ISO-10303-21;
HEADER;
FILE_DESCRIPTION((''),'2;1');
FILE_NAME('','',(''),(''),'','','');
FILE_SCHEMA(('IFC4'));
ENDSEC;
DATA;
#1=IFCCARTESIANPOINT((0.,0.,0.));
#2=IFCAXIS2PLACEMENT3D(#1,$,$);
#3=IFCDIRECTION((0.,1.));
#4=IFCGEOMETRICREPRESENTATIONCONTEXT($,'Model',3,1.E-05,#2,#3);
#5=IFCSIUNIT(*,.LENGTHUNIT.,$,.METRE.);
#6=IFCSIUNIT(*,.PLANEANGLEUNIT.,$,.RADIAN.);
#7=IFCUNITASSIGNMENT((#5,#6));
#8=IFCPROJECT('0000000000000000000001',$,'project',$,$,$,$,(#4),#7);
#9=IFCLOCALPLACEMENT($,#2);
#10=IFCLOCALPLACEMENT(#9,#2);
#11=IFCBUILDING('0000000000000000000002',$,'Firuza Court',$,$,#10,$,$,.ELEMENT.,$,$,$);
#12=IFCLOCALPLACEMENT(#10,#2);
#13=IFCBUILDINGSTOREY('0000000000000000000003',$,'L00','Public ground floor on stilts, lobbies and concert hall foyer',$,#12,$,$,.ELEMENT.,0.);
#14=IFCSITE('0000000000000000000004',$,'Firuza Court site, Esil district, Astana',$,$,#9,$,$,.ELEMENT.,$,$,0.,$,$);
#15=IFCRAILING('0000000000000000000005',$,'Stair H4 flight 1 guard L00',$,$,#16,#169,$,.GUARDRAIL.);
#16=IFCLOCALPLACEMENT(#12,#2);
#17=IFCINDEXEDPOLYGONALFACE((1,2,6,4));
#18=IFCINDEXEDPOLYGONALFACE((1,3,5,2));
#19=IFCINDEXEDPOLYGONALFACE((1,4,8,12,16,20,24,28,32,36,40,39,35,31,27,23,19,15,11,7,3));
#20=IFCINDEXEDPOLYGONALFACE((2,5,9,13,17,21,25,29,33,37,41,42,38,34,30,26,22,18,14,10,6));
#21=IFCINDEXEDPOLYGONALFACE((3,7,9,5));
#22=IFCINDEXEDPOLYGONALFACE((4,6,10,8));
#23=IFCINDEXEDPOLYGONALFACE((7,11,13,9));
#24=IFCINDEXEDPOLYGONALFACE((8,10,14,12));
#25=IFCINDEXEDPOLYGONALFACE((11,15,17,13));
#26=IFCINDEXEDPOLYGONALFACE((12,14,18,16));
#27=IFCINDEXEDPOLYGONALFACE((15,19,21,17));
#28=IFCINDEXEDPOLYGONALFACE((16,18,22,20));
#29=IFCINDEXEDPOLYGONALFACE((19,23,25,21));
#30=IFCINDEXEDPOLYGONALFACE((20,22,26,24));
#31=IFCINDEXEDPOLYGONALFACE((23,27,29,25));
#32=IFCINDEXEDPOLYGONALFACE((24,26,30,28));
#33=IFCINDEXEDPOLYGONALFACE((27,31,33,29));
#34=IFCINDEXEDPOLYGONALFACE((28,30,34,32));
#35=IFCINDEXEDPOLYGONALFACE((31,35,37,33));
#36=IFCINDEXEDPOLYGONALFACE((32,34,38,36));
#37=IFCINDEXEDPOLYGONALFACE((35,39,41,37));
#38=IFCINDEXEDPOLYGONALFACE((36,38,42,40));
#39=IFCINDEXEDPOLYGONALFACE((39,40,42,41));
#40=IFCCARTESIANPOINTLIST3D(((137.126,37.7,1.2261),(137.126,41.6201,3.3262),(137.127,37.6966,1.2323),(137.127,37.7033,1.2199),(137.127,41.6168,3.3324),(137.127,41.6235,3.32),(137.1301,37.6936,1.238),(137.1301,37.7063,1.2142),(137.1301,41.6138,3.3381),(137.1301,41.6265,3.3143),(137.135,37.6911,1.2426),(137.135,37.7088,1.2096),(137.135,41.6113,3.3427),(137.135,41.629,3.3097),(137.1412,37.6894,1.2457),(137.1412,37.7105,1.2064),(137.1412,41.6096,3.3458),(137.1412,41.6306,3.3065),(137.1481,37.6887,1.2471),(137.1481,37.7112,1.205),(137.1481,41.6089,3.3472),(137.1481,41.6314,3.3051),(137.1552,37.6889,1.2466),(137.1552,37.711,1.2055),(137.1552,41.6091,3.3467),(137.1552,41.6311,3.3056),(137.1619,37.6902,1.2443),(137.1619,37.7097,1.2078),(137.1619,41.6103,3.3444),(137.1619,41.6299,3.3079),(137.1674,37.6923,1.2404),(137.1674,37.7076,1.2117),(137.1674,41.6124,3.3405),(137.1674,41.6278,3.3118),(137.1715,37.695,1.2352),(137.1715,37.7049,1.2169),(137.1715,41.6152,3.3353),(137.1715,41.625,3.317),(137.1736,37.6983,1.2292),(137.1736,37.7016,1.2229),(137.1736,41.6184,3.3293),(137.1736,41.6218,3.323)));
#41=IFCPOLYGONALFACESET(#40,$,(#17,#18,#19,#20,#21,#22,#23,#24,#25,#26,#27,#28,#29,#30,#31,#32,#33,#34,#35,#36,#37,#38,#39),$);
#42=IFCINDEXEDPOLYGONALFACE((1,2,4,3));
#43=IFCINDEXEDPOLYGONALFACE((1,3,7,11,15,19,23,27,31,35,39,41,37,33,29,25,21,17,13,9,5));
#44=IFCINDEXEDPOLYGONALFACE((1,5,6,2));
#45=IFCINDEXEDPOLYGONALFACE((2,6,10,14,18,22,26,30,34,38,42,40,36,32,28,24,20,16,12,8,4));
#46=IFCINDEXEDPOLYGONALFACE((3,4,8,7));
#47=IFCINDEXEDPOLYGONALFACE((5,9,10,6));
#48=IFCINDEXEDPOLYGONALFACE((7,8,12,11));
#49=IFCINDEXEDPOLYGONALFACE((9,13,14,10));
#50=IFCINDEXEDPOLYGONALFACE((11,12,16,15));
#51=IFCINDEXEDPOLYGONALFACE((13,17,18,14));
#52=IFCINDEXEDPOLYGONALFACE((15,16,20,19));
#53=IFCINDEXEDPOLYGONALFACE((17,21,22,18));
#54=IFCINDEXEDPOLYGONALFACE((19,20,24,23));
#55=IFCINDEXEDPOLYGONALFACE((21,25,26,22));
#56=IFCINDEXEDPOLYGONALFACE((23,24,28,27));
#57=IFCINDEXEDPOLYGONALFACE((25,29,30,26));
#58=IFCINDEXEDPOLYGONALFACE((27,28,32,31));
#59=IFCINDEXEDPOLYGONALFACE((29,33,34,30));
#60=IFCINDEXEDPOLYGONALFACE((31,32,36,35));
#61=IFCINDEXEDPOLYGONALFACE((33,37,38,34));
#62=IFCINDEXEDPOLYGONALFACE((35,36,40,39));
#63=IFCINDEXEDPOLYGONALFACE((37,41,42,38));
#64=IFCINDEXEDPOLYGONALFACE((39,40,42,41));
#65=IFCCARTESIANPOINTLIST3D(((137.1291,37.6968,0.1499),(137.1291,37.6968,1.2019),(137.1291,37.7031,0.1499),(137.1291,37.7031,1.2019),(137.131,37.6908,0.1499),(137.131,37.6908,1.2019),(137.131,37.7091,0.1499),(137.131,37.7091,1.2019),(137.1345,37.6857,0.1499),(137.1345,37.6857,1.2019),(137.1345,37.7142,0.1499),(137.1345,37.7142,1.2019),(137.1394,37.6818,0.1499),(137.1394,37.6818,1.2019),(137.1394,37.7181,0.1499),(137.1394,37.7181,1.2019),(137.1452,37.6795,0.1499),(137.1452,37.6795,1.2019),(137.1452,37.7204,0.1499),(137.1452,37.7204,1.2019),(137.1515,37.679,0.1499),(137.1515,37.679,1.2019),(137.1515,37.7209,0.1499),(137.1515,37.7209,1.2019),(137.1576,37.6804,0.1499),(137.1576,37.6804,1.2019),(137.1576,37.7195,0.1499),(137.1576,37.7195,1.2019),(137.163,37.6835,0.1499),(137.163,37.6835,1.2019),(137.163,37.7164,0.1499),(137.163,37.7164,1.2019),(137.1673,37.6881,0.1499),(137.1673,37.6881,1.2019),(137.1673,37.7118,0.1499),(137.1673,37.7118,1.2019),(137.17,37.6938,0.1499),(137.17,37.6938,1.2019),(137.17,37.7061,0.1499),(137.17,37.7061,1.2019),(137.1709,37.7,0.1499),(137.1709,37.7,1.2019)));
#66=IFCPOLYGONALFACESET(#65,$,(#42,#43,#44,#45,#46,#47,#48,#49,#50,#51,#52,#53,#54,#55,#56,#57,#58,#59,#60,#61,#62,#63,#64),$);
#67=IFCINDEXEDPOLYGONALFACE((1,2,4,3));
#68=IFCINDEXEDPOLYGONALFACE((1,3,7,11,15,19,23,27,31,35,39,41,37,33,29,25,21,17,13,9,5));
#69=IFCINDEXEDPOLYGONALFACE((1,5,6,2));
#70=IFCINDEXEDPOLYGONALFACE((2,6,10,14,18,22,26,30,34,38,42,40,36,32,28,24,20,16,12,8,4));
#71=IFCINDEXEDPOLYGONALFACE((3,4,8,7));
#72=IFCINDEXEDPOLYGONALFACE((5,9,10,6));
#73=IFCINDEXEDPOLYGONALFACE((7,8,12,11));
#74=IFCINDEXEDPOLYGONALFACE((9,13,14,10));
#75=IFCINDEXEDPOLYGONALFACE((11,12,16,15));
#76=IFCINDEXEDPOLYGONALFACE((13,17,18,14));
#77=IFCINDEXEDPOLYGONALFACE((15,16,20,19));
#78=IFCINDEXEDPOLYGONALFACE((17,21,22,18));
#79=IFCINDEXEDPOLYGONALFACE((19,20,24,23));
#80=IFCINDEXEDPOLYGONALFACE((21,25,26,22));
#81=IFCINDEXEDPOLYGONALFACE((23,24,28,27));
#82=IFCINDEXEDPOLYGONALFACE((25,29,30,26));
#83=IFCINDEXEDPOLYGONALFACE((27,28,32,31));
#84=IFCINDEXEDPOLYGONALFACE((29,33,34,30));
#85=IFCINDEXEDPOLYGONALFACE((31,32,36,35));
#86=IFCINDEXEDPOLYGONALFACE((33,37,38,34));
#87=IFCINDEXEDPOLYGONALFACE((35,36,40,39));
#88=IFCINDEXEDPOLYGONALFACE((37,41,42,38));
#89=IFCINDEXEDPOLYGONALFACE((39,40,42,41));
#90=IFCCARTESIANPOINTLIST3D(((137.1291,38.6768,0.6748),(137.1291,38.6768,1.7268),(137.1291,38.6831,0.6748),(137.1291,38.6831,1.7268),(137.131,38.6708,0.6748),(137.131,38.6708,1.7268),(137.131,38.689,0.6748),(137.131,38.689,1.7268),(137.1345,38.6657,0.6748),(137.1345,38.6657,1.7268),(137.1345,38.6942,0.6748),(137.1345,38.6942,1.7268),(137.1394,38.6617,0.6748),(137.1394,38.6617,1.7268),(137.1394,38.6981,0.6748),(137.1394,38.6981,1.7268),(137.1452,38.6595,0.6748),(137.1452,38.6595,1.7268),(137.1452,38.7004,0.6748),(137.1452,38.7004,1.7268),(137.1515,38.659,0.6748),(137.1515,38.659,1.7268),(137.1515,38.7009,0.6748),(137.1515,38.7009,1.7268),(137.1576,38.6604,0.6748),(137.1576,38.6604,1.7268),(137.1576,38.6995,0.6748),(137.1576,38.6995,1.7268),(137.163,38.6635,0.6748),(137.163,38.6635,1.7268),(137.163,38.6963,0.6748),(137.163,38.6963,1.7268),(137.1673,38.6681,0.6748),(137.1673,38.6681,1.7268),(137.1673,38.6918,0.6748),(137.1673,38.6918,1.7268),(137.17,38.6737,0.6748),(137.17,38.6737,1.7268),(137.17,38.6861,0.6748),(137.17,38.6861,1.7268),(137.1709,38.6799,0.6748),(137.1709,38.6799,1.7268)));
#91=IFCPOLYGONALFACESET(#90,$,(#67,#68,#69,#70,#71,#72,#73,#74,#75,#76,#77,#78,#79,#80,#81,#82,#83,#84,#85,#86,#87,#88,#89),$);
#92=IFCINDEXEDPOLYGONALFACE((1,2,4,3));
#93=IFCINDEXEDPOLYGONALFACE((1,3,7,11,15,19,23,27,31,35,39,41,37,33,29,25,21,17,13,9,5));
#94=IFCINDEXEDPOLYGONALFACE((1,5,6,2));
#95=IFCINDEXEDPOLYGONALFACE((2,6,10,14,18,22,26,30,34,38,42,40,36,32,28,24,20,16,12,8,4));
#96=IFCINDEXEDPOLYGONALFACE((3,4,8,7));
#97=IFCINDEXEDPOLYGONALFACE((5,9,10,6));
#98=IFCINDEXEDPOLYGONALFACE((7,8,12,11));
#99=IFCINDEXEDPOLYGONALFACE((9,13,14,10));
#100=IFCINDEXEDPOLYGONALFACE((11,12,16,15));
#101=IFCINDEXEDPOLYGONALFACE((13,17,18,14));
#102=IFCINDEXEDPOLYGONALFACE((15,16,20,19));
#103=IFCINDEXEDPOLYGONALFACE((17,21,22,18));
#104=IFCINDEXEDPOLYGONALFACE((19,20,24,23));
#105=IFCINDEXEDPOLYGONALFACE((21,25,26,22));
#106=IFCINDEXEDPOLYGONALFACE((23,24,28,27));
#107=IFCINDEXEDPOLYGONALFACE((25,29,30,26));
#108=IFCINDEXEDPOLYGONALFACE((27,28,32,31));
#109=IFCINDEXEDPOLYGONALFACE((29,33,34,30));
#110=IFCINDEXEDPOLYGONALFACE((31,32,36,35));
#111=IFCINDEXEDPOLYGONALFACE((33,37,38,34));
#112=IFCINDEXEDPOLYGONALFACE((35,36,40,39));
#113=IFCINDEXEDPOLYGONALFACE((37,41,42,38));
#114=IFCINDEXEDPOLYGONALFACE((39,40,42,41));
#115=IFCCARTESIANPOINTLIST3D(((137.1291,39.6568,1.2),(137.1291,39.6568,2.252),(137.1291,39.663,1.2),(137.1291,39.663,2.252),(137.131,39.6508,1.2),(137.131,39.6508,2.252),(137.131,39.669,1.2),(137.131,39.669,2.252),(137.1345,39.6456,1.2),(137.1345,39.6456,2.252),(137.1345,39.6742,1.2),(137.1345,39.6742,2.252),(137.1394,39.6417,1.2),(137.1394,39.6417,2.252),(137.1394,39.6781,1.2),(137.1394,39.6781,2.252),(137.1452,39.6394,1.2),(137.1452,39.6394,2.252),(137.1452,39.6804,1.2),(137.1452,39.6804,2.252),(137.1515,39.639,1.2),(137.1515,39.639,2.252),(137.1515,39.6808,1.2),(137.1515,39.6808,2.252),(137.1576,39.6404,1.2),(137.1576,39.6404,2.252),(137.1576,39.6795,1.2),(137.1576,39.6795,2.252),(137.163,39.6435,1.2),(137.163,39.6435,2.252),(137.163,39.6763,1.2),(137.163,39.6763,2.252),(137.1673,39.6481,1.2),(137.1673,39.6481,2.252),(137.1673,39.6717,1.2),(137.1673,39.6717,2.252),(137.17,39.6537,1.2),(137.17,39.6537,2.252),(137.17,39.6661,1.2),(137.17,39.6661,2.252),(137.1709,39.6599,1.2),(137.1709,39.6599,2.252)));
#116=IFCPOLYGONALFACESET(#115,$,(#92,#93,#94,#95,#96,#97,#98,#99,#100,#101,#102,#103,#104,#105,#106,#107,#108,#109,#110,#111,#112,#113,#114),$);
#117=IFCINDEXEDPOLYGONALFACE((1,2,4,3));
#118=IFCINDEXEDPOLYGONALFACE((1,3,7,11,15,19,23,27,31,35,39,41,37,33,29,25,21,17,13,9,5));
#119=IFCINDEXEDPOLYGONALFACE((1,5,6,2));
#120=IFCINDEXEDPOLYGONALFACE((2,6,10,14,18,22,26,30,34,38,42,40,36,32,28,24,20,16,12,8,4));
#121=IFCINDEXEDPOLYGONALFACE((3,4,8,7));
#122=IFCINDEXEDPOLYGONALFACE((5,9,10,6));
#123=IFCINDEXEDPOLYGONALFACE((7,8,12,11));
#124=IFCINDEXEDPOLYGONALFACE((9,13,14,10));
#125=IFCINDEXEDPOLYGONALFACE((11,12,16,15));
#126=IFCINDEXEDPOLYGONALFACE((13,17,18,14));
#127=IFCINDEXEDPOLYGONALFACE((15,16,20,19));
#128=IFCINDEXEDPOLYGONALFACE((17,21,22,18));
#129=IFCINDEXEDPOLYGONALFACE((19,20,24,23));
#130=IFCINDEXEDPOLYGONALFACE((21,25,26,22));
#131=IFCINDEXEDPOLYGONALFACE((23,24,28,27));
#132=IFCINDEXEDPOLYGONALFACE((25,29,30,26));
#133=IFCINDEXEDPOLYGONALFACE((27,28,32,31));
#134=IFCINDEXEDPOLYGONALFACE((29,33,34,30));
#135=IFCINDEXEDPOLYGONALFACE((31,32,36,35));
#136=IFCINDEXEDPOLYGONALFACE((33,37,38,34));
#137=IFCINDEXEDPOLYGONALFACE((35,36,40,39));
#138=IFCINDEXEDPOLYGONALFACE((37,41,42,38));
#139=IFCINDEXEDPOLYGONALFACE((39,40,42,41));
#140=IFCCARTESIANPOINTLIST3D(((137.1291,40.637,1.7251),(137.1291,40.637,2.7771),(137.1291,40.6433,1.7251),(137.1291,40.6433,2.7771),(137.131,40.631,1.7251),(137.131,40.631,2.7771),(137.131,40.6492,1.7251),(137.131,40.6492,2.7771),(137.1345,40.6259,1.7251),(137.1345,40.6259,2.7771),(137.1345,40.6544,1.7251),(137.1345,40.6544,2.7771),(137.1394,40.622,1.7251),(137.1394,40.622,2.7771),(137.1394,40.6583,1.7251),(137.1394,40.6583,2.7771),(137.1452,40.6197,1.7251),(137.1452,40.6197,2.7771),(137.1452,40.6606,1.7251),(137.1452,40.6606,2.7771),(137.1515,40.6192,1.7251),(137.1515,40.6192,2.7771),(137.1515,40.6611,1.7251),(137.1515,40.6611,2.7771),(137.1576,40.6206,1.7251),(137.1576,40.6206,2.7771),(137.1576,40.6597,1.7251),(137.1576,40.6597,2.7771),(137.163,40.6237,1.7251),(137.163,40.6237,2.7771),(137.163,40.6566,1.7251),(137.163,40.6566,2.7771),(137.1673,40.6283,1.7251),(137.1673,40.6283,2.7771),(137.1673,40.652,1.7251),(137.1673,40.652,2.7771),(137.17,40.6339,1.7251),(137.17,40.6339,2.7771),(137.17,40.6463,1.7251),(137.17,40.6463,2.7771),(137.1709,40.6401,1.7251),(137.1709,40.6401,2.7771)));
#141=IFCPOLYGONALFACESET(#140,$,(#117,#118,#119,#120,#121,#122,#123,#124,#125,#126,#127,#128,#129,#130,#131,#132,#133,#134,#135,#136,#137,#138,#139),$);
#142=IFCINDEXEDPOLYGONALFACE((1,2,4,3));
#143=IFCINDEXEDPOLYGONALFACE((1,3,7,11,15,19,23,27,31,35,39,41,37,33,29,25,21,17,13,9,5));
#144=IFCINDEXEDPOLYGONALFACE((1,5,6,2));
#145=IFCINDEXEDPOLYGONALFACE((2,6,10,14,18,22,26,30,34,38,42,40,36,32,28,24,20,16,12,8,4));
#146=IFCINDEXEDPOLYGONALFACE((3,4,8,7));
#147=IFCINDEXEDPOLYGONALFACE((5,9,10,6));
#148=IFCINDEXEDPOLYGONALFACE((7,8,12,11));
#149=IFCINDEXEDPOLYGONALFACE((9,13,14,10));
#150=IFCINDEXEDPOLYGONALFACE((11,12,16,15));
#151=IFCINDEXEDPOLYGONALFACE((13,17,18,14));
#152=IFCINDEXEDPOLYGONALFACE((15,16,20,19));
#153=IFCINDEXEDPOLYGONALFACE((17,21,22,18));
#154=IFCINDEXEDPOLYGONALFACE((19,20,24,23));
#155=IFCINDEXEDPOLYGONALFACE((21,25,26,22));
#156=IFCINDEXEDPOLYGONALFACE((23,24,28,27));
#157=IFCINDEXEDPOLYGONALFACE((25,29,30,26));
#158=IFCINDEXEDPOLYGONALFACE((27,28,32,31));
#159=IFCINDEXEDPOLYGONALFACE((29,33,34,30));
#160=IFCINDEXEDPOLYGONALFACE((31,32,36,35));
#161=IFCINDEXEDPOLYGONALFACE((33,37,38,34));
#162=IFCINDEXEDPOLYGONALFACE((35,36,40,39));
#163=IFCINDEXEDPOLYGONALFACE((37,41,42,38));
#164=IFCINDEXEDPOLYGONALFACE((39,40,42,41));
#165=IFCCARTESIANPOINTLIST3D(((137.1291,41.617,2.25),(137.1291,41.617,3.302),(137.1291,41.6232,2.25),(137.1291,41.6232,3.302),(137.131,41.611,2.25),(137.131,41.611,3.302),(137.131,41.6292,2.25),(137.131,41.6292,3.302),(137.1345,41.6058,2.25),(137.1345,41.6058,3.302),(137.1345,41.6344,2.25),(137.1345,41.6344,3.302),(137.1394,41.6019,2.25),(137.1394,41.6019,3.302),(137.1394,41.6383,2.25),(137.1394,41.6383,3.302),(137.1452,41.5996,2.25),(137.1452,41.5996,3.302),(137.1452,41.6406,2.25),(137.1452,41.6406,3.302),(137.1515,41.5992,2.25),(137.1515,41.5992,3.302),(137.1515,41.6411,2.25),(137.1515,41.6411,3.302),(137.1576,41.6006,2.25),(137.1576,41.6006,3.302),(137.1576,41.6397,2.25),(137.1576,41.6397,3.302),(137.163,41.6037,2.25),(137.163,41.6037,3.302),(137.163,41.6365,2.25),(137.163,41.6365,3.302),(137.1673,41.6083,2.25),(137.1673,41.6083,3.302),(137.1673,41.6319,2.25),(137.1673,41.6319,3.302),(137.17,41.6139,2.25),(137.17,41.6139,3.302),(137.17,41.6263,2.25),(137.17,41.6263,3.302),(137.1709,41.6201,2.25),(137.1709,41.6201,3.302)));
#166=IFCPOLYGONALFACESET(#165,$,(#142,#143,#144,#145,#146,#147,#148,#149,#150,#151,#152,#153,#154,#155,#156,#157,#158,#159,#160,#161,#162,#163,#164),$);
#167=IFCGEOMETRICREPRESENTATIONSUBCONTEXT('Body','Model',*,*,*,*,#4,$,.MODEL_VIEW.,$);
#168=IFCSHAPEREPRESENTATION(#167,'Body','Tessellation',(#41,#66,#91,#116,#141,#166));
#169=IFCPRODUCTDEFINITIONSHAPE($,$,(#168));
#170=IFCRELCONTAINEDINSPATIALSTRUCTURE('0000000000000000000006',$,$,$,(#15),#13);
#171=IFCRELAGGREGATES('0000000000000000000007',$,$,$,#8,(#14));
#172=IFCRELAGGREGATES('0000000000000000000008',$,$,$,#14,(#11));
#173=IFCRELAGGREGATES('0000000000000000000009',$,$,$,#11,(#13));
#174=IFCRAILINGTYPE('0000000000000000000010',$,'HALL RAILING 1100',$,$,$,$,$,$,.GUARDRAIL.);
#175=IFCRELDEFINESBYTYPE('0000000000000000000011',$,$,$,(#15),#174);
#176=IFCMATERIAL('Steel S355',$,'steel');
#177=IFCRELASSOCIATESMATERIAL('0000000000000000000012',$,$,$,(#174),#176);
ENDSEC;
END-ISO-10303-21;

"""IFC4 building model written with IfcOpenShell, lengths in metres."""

from ifc_helpers import new_model, si_unit, direction, frame, origin, origin_2d, place, context, subcontext, project, spatial, circle, extrude, material, type_object, element, save


model = new_model("IFC4")

# Units and contexts
model_context = context("Model", 3, precision=1e-05, world=origin(), true_north=direction((0.0, 1.0)))
body_context = subcontext(model_context, "Body", "Model", "MODEL_VIEW")
ifc_project = project(units=[si_unit("LENGTHUNIT", "METRE"), si_unit("PLANEANGLEUNIT", "RADIAN")], contexts=[model_context])

# Site, building, storey
site_placement = place(None, origin())
site = spatial("IfcSite", under=ifc_project, at=site_placement, Name="Firuza Court site, Esil district, Astana", CompositionType="ELEMENT", RefElevation=0.0)
building_placement = place(site_placement, origin())
building = spatial("IfcBuilding", under=site, at=building_placement, Name="Firuza Court", CompositionType="ELEMENT")
storey_placement = place(building_placement, origin())
storey = spatial("IfcBuildingStorey", under=building, at=storey_placement, Name="L00", Description="Public ground floor on stilts, lobbies and concert hall foyer", CompositionType="ELEMENT", Elevation=0.0)

# Railing
ifc_material_1 = material(Name="Steel S355", Category="steel")
railing_type_1 = type_object("IfcRailingType", Name="HALL RAILING 1100", PredefinedType="GUARDRAIL", material=ifc_material_1)
railing_1_placement = place(storey_placement, frame((137.1499, 37.7, 0.1499)))
element("IfcRailing", 1, at=railing_1_placement, inside=storey, type_object=railing_type_1, Name="Stair H4 flight 1 guard L00", PredefinedType="GUARDRAIL", context=body_context, shape_type="SweptSolid", body=[
    extrude(circle(Radius=0.0239, at=origin_2d()), frame((0.0, 0.0, 1.0762), z_axis=(0.0, 0.881479, 0.472223), x_axis=(-1.0, 0.0, 0.0)), (0.0, 0.0, 1.0), 4.4473),
    extrude(circle(Radius=0.021, at=origin_2d()), origin(), (0.0, 0.0, 1.0), 1.052),
    extrude(circle(Radius=0.021, at=origin_2d()), frame((0.0, 0.98, 0.5249)), (0.0, 0.0, 1.0), 1.052),
    extrude(circle(Radius=0.021, at=origin_2d()), frame((0.0, 1.96, 1.05)), (0.0, 0.0, 1.0), 1.052),
    extrude(circle(Radius=0.021, at=origin_2d()), frame((0.0, 2.9402, 1.5752)), (0.0, 0.0, 1.0), 1.052),
    extrude(circle(Radius=0.021, at=origin_2d()), frame((0.0, 3.9202, 2.1001)), (0.0, 0.0, 1.0), 1.052),
])

save(model, "model.ifc")
